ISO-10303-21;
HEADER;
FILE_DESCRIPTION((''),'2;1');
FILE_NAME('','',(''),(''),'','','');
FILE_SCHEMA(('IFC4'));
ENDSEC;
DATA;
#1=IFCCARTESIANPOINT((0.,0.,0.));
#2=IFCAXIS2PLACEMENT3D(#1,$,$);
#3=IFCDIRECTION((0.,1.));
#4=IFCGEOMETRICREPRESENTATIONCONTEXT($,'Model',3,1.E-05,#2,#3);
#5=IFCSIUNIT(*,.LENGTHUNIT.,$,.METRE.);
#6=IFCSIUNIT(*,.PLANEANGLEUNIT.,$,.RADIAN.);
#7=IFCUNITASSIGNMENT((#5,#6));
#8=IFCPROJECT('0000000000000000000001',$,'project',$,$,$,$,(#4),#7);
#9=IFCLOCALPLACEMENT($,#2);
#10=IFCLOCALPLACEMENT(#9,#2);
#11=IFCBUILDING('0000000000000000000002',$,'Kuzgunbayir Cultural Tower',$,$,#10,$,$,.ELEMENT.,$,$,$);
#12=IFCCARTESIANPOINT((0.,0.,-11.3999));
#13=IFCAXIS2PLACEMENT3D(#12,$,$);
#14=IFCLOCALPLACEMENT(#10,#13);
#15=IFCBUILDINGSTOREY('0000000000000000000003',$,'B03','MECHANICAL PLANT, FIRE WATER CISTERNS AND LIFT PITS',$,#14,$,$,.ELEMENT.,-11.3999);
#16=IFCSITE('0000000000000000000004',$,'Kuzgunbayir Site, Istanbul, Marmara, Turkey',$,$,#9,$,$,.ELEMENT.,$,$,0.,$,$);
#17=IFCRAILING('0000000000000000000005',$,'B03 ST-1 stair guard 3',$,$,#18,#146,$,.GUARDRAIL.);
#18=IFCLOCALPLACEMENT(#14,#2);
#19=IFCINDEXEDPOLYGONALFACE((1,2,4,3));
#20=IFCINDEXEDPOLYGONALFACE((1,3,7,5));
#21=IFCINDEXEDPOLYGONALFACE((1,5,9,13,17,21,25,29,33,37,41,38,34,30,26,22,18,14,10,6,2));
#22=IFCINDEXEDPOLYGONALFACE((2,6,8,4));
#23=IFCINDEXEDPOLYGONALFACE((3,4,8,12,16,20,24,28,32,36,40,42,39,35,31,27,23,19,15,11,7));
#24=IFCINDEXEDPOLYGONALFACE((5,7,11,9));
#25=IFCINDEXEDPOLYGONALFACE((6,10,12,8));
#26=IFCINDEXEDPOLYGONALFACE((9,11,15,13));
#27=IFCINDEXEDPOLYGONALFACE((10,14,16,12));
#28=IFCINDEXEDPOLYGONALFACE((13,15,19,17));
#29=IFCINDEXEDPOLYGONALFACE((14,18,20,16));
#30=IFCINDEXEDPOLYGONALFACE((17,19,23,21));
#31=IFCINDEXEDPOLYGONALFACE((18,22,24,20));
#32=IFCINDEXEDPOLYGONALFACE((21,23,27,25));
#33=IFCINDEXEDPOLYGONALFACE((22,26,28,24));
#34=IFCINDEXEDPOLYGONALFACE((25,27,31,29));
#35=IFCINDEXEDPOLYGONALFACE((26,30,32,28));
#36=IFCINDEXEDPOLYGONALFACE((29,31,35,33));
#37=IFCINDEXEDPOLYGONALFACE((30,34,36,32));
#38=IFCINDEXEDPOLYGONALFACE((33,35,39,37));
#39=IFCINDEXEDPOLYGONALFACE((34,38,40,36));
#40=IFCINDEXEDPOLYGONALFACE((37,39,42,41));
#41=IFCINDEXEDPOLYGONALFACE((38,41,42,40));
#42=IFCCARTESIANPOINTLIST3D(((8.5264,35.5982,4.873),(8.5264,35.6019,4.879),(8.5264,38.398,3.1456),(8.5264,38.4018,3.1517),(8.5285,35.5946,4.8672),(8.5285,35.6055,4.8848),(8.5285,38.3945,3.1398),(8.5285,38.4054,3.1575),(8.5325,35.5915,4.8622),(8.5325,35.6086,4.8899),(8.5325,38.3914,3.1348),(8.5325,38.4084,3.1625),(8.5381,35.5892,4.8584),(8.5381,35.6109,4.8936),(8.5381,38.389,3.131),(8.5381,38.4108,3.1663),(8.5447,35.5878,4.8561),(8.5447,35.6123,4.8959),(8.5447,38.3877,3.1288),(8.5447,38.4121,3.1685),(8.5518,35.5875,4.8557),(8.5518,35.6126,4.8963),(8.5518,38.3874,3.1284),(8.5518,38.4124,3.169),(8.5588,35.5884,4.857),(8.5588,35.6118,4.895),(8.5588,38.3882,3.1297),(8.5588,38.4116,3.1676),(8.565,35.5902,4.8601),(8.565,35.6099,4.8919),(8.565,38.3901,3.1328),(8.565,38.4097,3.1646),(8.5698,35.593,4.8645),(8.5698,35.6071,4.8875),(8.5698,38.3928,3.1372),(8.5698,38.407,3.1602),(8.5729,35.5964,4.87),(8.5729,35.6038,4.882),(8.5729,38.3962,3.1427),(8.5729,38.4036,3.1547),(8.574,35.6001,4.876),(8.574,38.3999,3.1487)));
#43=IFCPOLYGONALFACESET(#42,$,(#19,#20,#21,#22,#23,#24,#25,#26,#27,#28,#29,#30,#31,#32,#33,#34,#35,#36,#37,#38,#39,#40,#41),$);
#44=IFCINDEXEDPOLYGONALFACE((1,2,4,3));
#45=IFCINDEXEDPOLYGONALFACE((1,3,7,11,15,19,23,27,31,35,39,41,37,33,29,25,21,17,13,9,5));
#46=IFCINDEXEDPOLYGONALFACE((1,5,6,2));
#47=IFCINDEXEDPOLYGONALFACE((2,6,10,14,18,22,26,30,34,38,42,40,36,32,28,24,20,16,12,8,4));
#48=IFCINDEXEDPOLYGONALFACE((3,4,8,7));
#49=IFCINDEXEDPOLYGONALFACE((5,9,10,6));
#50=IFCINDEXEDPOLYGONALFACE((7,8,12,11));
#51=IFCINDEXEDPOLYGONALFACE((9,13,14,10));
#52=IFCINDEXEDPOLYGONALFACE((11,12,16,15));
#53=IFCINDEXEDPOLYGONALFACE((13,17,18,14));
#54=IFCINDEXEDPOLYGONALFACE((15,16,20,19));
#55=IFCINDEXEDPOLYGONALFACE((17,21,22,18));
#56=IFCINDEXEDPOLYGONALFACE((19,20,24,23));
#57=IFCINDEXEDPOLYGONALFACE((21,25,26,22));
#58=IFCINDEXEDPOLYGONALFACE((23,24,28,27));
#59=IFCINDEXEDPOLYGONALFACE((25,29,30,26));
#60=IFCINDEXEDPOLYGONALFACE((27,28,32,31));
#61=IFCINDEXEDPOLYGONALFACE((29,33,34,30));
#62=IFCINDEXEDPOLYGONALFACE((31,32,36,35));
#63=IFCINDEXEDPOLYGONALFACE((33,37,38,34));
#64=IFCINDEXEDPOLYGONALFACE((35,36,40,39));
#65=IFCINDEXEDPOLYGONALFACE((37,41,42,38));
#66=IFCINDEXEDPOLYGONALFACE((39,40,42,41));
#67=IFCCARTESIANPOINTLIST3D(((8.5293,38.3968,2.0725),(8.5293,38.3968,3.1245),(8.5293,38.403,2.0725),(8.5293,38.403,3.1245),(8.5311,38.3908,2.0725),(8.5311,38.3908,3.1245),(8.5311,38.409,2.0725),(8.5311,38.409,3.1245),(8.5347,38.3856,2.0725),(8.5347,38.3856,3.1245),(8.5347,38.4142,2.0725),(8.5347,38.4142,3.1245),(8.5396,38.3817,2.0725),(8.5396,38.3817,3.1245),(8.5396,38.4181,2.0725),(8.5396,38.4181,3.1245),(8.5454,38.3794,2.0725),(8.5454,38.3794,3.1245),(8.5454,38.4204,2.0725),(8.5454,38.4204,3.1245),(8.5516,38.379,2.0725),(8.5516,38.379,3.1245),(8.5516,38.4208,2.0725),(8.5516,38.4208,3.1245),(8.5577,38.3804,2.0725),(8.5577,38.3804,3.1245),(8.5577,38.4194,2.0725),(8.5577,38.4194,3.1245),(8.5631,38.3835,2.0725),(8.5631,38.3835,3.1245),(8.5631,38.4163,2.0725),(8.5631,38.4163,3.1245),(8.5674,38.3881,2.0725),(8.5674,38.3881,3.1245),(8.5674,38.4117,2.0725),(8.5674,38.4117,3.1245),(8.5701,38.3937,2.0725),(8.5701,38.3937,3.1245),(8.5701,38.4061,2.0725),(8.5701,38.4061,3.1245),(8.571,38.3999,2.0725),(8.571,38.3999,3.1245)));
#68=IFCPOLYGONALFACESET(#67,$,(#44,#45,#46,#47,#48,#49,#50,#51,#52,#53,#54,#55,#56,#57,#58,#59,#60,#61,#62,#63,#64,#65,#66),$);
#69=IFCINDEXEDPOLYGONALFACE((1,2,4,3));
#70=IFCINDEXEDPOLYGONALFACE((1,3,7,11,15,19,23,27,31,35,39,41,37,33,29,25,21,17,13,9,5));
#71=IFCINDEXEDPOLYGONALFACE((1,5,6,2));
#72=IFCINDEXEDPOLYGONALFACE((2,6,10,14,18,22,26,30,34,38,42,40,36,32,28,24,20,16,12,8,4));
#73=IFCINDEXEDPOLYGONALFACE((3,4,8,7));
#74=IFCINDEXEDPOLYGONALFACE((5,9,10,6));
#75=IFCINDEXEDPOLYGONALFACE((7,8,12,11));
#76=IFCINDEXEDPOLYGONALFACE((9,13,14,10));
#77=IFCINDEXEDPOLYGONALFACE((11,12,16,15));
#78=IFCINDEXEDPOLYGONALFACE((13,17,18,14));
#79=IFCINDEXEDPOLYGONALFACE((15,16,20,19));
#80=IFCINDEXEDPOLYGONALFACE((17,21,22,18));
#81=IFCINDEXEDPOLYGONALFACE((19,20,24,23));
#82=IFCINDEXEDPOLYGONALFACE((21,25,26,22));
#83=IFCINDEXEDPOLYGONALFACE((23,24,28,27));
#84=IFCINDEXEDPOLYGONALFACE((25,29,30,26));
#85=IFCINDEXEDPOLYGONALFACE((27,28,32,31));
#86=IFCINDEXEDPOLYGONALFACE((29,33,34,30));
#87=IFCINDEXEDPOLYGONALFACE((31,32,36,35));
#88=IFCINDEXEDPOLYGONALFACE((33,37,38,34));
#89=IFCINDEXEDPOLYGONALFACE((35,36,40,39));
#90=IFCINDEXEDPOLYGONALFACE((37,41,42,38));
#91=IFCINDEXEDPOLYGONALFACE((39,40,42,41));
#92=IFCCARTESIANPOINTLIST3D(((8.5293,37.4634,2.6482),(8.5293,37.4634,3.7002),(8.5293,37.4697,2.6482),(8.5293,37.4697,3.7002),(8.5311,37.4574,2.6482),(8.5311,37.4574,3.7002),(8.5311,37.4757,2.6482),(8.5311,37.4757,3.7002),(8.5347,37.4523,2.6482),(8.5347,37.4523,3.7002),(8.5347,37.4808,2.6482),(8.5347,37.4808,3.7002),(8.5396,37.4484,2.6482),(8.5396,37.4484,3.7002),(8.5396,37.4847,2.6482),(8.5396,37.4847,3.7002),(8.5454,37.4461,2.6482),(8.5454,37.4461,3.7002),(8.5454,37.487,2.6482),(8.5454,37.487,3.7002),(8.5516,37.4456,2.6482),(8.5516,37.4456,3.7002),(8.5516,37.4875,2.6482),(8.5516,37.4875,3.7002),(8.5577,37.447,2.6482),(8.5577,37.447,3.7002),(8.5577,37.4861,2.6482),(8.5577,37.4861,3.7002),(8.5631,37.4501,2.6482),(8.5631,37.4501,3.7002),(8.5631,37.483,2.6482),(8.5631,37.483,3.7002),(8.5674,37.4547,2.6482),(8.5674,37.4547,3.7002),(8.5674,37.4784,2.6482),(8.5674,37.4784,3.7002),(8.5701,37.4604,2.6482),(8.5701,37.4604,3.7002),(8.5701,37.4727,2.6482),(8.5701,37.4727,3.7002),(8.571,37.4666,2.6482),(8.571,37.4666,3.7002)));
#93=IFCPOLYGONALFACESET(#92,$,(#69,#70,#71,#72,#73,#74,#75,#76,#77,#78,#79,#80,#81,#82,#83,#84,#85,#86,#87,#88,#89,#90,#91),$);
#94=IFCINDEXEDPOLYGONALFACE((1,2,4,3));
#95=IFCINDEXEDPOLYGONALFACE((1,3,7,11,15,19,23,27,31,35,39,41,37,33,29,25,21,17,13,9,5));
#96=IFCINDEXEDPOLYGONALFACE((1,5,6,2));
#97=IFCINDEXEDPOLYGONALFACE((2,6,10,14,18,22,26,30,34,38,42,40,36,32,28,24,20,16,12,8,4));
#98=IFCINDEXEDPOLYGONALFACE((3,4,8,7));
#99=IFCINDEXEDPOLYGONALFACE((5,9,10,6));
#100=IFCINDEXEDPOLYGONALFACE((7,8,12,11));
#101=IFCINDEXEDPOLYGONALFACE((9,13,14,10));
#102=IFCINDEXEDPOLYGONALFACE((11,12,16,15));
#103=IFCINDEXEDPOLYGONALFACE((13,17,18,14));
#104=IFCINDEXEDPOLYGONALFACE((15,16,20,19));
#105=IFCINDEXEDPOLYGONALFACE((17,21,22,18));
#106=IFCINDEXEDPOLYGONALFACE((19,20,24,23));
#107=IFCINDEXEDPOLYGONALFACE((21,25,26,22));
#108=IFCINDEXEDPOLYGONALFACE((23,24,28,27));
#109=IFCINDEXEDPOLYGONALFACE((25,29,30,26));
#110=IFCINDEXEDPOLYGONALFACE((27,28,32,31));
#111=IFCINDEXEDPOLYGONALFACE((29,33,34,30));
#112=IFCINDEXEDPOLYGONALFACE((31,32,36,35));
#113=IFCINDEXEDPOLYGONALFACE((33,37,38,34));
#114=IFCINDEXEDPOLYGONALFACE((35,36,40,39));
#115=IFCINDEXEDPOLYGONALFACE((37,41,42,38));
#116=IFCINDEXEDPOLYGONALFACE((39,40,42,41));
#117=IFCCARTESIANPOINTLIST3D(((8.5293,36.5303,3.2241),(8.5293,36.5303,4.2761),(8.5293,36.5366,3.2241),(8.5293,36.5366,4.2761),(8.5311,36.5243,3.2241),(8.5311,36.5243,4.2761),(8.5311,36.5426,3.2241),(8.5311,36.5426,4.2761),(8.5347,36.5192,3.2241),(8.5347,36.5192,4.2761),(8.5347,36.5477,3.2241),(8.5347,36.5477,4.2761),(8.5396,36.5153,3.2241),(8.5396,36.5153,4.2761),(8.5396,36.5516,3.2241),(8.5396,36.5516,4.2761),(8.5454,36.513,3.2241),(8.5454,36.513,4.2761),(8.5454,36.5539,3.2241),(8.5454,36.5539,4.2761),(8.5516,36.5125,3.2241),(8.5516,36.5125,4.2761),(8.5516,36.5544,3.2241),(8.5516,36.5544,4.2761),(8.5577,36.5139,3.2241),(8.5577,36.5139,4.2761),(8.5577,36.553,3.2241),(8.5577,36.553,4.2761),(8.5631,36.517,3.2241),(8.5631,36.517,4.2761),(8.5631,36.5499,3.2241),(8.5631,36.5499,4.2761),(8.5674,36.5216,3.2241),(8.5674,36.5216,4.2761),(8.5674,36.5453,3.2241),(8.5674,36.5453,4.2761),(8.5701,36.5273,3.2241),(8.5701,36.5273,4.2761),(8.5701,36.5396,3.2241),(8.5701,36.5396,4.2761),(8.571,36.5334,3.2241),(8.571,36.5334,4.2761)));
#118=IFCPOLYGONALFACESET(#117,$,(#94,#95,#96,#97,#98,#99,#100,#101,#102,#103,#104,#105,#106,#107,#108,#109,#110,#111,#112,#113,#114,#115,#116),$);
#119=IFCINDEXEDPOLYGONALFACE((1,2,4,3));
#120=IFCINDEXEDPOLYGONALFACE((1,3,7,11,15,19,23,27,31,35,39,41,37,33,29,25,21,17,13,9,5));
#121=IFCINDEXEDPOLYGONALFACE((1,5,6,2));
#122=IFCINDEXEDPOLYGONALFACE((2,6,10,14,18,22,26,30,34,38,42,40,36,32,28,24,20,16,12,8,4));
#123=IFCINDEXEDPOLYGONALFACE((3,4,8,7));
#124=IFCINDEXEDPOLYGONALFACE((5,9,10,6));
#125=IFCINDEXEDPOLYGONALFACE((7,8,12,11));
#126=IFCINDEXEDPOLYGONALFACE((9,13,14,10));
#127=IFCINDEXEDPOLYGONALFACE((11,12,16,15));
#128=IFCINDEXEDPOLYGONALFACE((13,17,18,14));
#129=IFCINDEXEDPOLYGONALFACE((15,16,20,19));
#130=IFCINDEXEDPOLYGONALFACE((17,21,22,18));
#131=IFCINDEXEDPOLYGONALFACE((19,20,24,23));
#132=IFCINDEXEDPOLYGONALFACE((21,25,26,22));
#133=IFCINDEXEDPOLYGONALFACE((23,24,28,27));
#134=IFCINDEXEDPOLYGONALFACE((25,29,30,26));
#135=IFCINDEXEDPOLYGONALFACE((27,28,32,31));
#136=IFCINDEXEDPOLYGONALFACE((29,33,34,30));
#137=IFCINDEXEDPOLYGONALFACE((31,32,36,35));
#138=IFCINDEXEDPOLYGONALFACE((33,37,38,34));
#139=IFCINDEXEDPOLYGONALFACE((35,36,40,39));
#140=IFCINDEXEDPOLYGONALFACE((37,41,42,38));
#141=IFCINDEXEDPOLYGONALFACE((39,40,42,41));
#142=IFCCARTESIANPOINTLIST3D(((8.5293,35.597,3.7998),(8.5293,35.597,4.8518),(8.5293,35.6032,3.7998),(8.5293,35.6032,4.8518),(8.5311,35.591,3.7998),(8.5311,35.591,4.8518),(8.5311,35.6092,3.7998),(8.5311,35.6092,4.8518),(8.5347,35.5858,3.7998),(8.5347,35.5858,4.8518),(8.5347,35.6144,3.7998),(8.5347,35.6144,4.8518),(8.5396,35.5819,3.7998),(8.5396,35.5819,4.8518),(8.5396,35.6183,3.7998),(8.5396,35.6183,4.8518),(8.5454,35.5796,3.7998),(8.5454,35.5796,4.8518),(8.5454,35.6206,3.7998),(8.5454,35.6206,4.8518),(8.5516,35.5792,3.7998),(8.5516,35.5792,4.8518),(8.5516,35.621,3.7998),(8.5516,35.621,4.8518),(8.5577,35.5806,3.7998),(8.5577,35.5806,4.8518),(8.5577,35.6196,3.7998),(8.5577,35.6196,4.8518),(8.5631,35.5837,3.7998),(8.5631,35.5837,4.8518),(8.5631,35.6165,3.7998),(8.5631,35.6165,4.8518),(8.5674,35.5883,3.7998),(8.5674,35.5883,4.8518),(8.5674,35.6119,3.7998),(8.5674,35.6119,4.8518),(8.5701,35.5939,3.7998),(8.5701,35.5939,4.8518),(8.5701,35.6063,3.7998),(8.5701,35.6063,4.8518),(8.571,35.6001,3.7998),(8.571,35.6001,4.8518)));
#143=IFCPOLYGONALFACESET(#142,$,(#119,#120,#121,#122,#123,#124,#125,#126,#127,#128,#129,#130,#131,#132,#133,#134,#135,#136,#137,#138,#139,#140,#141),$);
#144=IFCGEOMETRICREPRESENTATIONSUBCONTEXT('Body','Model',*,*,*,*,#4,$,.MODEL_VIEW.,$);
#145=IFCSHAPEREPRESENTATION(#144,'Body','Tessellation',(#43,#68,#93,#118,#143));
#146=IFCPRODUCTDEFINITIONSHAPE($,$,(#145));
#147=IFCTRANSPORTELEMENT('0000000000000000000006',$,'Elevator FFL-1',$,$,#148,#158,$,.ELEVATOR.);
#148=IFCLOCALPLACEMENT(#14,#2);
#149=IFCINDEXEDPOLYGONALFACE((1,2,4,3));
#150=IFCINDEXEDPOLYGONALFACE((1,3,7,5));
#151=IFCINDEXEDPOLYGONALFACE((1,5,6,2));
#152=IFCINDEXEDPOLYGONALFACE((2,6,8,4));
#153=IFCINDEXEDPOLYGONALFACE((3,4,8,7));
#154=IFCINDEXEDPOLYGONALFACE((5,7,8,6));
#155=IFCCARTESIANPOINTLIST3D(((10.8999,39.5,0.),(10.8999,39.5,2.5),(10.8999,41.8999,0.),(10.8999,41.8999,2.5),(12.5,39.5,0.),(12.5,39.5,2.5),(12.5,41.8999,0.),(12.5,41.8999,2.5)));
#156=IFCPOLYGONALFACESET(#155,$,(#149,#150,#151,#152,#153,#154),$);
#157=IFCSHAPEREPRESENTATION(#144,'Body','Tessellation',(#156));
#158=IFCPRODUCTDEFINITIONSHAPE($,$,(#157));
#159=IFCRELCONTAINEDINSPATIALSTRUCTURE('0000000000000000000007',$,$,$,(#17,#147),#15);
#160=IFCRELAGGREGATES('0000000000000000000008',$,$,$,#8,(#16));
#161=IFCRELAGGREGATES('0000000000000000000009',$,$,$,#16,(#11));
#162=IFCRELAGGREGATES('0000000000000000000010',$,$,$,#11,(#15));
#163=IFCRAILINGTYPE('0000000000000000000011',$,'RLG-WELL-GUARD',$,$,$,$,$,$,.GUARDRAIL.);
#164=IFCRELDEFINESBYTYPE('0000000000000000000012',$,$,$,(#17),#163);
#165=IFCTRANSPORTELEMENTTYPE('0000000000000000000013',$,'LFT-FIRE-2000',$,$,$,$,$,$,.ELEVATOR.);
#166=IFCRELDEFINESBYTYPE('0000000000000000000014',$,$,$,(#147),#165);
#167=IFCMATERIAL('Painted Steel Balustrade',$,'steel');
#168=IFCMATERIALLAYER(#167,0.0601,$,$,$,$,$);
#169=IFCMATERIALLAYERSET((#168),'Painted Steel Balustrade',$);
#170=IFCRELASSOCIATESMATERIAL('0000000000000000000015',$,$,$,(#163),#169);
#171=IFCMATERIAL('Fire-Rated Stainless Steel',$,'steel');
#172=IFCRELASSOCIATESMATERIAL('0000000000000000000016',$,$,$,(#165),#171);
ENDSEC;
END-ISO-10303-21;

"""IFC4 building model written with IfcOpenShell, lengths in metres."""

from ifc_helpers import new_model, si_unit, direction, frame, origin, origin_2d, place, context, subcontext, project, spatial, rectangle, circle, extrude, material, layer, layer_set, type_object, element, save


model = new_model("IFC4")

# Units and contexts
model_context = context("Model", 3, precision=1e-05, world=origin(), true_north=direction((0.0, 1.0)))
body_context = subcontext(model_context, "Body", "Model", "MODEL_VIEW")
ifc_project = project(units=[si_unit("LENGTHUNIT", "METRE"), si_unit("PLANEANGLEUNIT", "RADIAN")], contexts=[model_context])

# Site, building, storey
site_placement = place(None, origin())
site = spatial("IfcSite", under=ifc_project, at=site_placement, Name="Kuzgunbayir Site, Istanbul, Marmara, Turkey", CompositionType="ELEMENT", RefElevation=0.0)
building_placement = place(site_placement, origin())
building = spatial("IfcBuilding", under=site, at=building_placement, Name="Kuzgunbayir Cultural Tower", CompositionType="ELEMENT")
storey_placement = place(building_placement, frame((0.0, 0.0, -11.3999)))
storey = spatial("IfcBuildingStorey", under=building, at=storey_placement, Name="B03", Description="MECHANICAL PLANT, FIRE WATER CISTERNS AND LIFT PITS", CompositionType="ELEMENT", Elevation=-11.3999)

# Railing
ifc_material_1 = material(Name="Painted Steel Balustrade", Category="steel")
ifc_layer_1 = layer(ifc_material_1, 0.0601)
ifc_layer_set_1 = layer_set([ifc_layer_1], Name="Painted Steel Balustrade")
railing_type_1 = type_object("IfcRailingType", Name="RLG-WELL-GUARD", PredefinedType="GUARDRAIL", material=ifc_layer_set_1)
railing_1_placement = place(storey_placement, frame((8.55, 38.3999, 2.0725)))
element("IfcRailing", 1, at=railing_1_placement, inside=storey, type_object=railing_type_1, Name="B03 ST-1 stair guard 3", PredefinedType="GUARDRAIL", context=body_context, shape_type="SweptSolid", body=[
    extrude(circle(Radius=0.0239, at=origin_2d()), frame((0.0, 0.0, 1.0762), z_axis=(0.0, -0.851069, 0.525054), x_axis=(1.0, 0.0, 0.0)), (0.0, 0.0, 1.0), 3.2898),
    extrude(circle(Radius=0.021, at=origin_2d()), origin(), (0.0, 0.0, 1.0), 1.052),
    extrude(circle(Radius=0.021, at=origin_2d()), frame((0.0, -0.9333, 0.5757)), (0.0, 0.0, 1.0), 1.052),
    extrude(circle(Radius=0.021, at=origin_2d()), frame((0.0, -1.8665, 1.1516)), (0.0, 0.0, 1.0), 1.052),
    extrude(circle(Radius=0.021, at=origin_2d()), frame((0.0, -2.7998, 1.7273)), (0.0, 0.0, 1.0), 1.052),
])

# Transport element
ifc_material_2 = material(Name="Fire-Rated Stainless Steel", Category="steel")
transport_element_type = type_object("IfcTransportElementType", Name="LFT-FIRE-2000", PredefinedType="ELEVATOR", material=ifc_material_2)
transport_element_placement = place(storey_placement, frame((11.7, 40.7, 0.0), z_axis=(0.0, 0.0, 1.0), x_axis=(1.0, 0.0, 0.0)))
element("IfcTransportElement", 2, at=transport_element_placement, inside=storey, type_object=transport_element_type, Name="Elevator FFL-1", PredefinedType="ELEVATOR", context=body_context, shape_type="SweptSolid", body=[
    extrude(rectangle(XDim=1.6001, YDim=2.3999, at=origin_2d()), origin(), (0.0, 0.0, 1.0), 2.5),
])

save(model, "model.ifc")
